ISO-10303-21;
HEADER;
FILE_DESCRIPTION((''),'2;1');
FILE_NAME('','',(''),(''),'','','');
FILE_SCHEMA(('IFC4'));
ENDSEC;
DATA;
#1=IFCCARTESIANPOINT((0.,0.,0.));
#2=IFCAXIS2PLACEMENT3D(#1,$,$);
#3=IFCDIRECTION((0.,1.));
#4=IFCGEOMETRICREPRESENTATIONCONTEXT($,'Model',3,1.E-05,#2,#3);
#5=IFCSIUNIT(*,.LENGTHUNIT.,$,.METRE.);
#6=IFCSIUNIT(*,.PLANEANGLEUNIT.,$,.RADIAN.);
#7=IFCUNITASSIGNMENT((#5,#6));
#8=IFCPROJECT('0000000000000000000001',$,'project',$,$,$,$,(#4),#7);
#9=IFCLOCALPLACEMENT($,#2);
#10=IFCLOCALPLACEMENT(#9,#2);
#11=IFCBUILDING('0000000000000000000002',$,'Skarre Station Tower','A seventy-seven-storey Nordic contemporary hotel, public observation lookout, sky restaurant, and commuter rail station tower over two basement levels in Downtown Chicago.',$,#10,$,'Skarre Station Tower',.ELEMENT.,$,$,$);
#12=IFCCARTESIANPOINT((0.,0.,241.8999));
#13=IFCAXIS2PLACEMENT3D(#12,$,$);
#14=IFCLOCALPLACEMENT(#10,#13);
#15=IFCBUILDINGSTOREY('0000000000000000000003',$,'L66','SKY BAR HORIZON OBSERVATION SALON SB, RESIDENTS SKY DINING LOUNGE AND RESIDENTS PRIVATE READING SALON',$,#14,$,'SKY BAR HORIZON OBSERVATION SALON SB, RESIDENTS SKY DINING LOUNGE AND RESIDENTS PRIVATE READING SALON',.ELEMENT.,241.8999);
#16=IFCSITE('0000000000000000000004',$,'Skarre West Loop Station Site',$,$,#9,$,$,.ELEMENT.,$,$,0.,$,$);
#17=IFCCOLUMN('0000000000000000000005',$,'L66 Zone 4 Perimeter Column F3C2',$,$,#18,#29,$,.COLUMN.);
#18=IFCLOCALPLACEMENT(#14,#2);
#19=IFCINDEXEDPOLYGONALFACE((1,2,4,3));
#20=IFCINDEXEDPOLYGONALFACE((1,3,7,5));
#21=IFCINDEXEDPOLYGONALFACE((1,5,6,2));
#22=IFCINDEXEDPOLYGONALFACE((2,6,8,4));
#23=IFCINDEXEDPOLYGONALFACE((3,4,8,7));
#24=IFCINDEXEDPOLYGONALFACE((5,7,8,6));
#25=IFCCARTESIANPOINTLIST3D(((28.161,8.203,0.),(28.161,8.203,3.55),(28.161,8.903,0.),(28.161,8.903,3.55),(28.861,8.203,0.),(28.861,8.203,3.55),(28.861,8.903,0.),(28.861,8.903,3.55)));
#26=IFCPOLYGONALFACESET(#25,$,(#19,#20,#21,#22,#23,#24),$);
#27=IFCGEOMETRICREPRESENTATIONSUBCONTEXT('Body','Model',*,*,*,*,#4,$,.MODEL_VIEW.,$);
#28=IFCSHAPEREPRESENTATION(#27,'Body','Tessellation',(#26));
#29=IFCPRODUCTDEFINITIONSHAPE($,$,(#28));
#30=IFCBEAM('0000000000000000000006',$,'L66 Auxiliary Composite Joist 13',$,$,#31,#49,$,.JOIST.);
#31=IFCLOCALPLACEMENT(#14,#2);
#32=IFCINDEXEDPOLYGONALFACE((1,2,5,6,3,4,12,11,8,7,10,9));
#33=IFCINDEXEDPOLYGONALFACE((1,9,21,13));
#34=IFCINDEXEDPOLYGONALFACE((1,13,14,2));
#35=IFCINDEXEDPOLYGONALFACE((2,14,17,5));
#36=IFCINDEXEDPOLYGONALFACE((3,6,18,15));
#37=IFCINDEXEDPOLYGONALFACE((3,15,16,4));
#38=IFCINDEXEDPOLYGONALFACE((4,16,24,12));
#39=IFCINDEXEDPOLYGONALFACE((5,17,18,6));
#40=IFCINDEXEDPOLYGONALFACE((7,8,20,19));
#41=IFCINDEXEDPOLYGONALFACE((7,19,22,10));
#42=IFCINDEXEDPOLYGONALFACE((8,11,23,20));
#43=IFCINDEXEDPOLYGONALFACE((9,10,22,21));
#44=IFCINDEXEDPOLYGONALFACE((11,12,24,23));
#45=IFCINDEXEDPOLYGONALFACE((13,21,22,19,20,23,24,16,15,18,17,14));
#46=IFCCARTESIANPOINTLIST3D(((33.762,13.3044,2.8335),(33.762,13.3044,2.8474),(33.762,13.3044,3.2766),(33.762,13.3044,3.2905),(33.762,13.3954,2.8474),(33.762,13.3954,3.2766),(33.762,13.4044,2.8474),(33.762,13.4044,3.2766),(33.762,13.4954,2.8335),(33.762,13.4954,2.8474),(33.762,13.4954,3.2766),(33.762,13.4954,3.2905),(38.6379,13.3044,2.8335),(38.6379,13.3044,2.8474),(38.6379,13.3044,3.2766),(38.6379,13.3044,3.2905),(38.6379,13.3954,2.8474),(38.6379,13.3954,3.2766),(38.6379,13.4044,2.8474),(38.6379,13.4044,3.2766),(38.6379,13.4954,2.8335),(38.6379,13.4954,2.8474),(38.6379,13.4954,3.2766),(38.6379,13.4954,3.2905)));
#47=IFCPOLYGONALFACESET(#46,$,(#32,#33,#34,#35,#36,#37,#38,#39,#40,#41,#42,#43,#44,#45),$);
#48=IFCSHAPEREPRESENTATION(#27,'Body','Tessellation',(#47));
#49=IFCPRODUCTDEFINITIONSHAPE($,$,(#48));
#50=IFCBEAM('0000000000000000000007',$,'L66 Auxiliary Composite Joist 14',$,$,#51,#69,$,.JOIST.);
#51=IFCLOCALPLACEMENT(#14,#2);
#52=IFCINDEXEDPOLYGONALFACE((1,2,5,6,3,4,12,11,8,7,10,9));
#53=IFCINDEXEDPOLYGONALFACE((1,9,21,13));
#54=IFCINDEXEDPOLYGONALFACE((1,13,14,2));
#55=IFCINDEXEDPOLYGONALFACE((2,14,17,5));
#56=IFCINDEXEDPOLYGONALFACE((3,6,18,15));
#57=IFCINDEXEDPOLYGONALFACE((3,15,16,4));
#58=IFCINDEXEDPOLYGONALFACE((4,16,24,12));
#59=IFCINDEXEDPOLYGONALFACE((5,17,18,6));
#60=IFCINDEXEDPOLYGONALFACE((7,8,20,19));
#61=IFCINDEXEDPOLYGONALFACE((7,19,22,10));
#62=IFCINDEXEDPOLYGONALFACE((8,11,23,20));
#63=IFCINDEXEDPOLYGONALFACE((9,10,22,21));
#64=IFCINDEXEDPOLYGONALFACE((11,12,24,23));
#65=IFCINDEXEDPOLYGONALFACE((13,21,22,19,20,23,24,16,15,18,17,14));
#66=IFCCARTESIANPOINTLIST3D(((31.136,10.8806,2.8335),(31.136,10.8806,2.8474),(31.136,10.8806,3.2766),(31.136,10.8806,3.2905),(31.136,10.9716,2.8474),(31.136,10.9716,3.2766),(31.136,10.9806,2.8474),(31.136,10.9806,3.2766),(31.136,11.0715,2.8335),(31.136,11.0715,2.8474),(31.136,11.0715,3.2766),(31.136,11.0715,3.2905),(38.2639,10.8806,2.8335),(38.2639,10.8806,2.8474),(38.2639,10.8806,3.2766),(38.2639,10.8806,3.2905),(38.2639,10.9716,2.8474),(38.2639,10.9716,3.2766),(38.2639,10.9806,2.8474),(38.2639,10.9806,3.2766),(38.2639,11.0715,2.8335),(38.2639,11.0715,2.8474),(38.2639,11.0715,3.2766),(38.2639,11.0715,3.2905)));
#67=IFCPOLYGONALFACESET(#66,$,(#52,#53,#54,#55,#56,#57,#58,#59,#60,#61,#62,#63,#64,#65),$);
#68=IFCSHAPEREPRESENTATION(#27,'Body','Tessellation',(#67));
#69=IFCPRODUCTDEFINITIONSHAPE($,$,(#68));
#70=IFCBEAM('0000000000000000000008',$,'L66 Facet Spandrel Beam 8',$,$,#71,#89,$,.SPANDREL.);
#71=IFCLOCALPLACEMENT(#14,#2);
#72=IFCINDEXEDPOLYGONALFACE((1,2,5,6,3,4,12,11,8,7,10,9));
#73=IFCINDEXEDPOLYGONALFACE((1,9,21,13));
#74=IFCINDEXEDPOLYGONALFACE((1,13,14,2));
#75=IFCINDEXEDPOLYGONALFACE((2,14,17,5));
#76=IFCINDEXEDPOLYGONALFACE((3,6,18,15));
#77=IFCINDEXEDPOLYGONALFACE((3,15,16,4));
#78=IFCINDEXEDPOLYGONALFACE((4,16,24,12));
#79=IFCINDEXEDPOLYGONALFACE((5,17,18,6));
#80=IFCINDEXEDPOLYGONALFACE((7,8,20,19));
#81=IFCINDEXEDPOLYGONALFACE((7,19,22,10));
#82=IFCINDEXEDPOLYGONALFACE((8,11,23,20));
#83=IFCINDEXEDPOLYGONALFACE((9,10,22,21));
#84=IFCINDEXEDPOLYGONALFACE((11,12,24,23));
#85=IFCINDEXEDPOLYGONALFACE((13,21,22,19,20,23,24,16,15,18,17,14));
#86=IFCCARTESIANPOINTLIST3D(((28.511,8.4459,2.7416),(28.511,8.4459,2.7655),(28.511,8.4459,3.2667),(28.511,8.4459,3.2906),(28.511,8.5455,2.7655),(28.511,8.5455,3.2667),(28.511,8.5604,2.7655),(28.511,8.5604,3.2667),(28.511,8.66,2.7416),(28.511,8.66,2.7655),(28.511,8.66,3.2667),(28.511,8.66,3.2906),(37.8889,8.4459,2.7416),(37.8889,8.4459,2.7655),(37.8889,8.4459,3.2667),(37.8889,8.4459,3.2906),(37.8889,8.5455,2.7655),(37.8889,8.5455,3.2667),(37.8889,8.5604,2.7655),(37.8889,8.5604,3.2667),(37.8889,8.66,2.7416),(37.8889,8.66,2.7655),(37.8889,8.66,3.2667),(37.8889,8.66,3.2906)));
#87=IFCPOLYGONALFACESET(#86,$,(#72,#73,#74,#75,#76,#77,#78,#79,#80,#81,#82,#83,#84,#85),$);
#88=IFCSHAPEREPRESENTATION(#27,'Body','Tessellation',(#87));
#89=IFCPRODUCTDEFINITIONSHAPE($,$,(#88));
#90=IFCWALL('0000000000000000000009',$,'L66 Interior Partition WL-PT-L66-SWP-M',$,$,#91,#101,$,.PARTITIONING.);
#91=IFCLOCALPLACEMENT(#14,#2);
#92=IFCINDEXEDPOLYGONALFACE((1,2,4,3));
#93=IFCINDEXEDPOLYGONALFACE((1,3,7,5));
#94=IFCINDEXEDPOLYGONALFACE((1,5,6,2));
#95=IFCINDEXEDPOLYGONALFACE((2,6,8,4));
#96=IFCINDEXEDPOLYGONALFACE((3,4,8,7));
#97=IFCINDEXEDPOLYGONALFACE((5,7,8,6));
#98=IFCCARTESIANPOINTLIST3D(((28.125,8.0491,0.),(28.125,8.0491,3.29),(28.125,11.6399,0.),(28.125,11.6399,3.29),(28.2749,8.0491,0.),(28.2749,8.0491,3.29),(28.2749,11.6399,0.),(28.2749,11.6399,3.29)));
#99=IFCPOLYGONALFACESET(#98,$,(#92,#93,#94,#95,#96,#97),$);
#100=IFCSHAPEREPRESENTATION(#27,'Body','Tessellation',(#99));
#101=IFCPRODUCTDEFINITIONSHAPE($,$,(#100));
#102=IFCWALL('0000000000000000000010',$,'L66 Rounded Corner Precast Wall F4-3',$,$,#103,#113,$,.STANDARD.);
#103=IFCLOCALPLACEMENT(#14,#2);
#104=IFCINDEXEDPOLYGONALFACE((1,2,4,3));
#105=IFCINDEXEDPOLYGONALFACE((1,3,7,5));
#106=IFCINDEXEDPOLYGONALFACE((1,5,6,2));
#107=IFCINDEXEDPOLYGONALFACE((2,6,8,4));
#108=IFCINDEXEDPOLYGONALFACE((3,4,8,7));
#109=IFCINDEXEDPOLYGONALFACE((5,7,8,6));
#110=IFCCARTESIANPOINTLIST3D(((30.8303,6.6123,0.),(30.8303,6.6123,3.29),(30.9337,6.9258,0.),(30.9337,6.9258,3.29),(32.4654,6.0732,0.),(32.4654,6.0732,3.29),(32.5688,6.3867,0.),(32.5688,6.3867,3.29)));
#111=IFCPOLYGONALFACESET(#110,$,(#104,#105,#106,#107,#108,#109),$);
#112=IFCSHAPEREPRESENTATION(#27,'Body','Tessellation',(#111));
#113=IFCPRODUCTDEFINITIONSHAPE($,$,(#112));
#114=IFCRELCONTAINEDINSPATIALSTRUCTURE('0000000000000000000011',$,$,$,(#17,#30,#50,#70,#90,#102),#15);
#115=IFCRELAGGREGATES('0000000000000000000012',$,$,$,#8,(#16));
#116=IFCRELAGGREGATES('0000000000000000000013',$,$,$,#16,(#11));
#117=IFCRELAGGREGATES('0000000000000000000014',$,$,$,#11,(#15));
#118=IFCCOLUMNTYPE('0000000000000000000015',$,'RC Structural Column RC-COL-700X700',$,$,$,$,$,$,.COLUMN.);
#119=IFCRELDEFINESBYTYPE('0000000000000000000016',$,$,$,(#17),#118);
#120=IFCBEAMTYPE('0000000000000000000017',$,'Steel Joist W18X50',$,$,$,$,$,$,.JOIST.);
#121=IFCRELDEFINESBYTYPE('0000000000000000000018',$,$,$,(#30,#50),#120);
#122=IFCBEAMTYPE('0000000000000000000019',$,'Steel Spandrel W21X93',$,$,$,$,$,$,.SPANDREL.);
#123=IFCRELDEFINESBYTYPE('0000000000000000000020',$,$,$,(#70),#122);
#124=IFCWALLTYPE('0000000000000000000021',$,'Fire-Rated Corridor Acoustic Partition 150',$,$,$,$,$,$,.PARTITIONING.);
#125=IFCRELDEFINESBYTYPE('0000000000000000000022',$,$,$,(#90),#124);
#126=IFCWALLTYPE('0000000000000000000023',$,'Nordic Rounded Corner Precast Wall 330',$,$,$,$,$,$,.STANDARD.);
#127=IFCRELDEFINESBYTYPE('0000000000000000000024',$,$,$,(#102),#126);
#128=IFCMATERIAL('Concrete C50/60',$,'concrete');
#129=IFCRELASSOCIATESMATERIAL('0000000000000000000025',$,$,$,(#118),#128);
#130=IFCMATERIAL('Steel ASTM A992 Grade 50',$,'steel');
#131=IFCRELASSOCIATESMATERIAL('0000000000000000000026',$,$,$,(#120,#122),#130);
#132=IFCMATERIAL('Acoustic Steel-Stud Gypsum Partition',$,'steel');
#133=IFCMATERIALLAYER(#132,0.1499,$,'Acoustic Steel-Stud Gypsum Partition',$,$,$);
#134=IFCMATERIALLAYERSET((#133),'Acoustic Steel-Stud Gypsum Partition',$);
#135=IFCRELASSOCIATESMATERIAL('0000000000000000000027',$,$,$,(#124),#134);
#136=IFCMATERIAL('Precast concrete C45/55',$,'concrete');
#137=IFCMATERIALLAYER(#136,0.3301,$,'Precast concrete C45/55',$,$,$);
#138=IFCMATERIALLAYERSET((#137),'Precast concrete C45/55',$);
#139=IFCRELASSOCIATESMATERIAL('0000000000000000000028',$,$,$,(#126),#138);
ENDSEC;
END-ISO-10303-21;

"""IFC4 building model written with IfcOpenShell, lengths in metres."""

from ifc_helpers import new_model, si_unit, direction, frame, frame_2d, origin, origin_2d, place, context, subcontext, project, spatial, rectangle, i_section, extrude, material, layer, layer_set, material_profile, profile_set, type_object, element, save


model = new_model("IFC4")

# Units and contexts
model_context = context("Model", 3, precision=1e-05, world=origin(), true_north=direction((0.0, 1.0)))
body_context = subcontext(model_context, "Body", "Model", "MODEL_VIEW")
ifc_project = project(units=[si_unit("LENGTHUNIT", "METRE"), si_unit("PLANEANGLEUNIT", "RADIAN")], contexts=[model_context])

# Site, building, storey
site_placement = place(None, origin())
site = spatial("IfcSite", under=ifc_project, at=site_placement, Name="Skarre West Loop Station Site", CompositionType="ELEMENT", RefElevation=0.0)
building_placement = place(site_placement, origin())
building = spatial("IfcBuilding", under=site, at=building_placement, Name="Skarre Station Tower", Description="A seventy-seven-storey Nordic contemporary hotel, public observation lookout, sky restaurant, and commuter rail station tower over two basement levels in Downtown Chicago.", LongName="Skarre Station Tower", CompositionType="ELEMENT")
storey_placement = place(building_placement, frame((0.0, 0.0, 241.8999)))
storey = spatial("IfcBuildingStorey", under=building, at=storey_placement, Name="L66", Description="SKY BAR HORIZON OBSERVATION SALON SB, RESIDENTS SKY DINING LOUNGE AND RESIDENTS PRIVATE READING SALON", LongName="SKY BAR HORIZON OBSERVATION SALON SB, RESIDENTS SKY DINING LOUNGE AND RESIDENTS PRIVATE READING SALON", CompositionType="ELEMENT", Elevation=241.8999)

# Column
ifc_material_1 = material(Name="Concrete C50/60", Category="concrete")
ifc_material_profile_1 = material_profile(ifc_material_1, rectangle(XDim=0.7, YDim=0.7, at=origin_2d()), Name="Concrete C50/60")
ifc_profile_set_1 = profile_set([ifc_material_profile_1], Name="Concrete C50/60")
column_type = type_object("IfcColumnType", Name="RC Structural Column RC-COL-700X700", PredefinedType="COLUMN", material=ifc_profile_set_1)
column_placement = place(storey_placement, frame((28.511, 8.553, 0.0), z_axis=(0.0, 0.0, 1.0), x_axis=(1.0, 0.0, 0.0)))
element("IfcColumn", 1, at=column_placement, inside=storey, type_object=column_type, Name="L66 Zone 4 Perimeter Column F3C2", PredefinedType="COLUMN", context=body_context, shape_type="SweptSolid", body=[
    extrude(rectangle(XDim=0.7, YDim=0.7, at=origin_2d()), origin(), (0.0, 0.0, 1.0), 3.55),
])

# Beams
ifc_material_2 = material(Name="Steel ASTM A992 Grade 50", Category="steel")
ifc_material_profile_2 = material_profile(ifc_material_2, i_section(OverallWidth=0.1909, OverallDepth=0.457, WebThickness=0.009, FlangeThickness=0.0139, at=origin_2d()), Name="Steel ASTM A992 Grade 50")
ifc_profile_set_2 = profile_set([ifc_material_profile_2], Name="Steel ASTM A992 Grade 50")
beam_type_1 = type_object("IfcBeamType", Name="Steel Joist W18X50", PredefinedType="JOIST", material=ifc_profile_set_2)
beam_1_placement = place(storey_placement, frame((33.762, 13.3999, 3.062), z_axis=(1.0, 0.0, 0.0), x_axis=(0.0, 1.0, 0.0)))
element("IfcBeam", 2, at=beam_1_placement, inside=storey, type_object=beam_type_1, Name="L66 Auxiliary Composite Joist 13", PredefinedType="JOIST", context=body_context, shape_type="SweptSolid", body=[
    extrude(i_section(OverallWidth=0.1909, OverallDepth=0.457, WebThickness=0.009, FlangeThickness=0.0139, at=origin_2d()), origin(), (0.0, 0.0, 1.0), 4.876),
])
beam_2_placement = place(storey_placement, frame((31.136, 10.9761, 3.062), z_axis=(1.0, 0.0, 0.0), x_axis=(0.0, 1.0, 0.0)))
element("IfcBeam", 3, at=beam_2_placement, inside=storey, type_object=beam_type_1, Name="L66 Auxiliary Composite Joist 14", PredefinedType="JOIST", context=body_context, shape_type="SweptSolid", body=[
    extrude(i_section(OverallWidth=0.1909, OverallDepth=0.457, WebThickness=0.009, FlangeThickness=0.0139, at=origin_2d()), origin(), (0.0, 0.0, 1.0), 7.1279),
])
ifc_material_profile_3 = material_profile(ifc_material_2, i_section(OverallWidth=0.2141, OverallDepth=0.5491, WebThickness=0.0149, FlangeThickness=0.0239, at=origin_2d()), Name="Steel ASTM A992 Grade 50")
ifc_profile_set_3 = profile_set([ifc_material_profile_3], Name="Steel ASTM A992 Grade 50")
beam_type_2 = type_object("IfcBeamType", Name="Steel Spandrel W21X93", PredefinedType="SPANDREL", material=ifc_profile_set_3)
beam_3_placement = place(storey_placement, frame((28.511, 8.553, 3.0161), z_axis=(1.0, 0.0, 0.0), x_axis=(0.0, 1.0, 0.0)))
element("IfcBeam", 4, at=beam_3_placement, inside=storey, type_object=beam_type_2, Name="L66 Facet Spandrel Beam 8", PredefinedType="SPANDREL", context=body_context, shape_type="SweptSolid", body=[
    extrude(i_section(OverallWidth=0.2141, OverallDepth=0.5491, WebThickness=0.0149, FlangeThickness=0.0239, at=origin_2d()), origin(), (0.0, 0.0, 1.0), 9.3779),
])

# Walls
ifc_material_3 = material(Name="Acoustic Steel-Stud Gypsum Partition", Category="steel")
ifc_layer_1 = layer(ifc_material_3, 0.1499, Name="Acoustic Steel-Stud Gypsum Partition")
ifc_layer_set_1 = layer_set([ifc_layer_1], Name="Acoustic Steel-Stud Gypsum Partition")
wall_type_1 = type_object("IfcWallType", Name="Fire-Rated Corridor Acoustic Partition 150", PredefinedType="PARTITIONING", material=ifc_layer_set_1)
wall_1_placement = place(storey_placement, frame((28.2, 8.0491, 0.0), z_axis=(0.0, 0.0, 1.0), x_axis=(0.0, 1.0, 0.0)))
element("IfcWall", 5, at=wall_1_placement, inside=storey, type_object=wall_type_1, Name="L66 Interior Partition WL-PT-L66-SWP-M", PredefinedType="PARTITIONING", context=body_context, shape_type="SweptSolid", body=[
    extrude(rectangle(XDim=3.5908, YDim=0.1499, at=frame_2d((1.7954, 0.0))), origin(), (0.0, 0.0, 1.0), 3.29),
])
ifc_material_4 = material(Name="Precast concrete C45/55", Category="concrete")
ifc_layer_2 = layer(ifc_material_4, 0.3301, Name="Precast concrete C45/55")
ifc_layer_set_2 = layer_set([ifc_layer_2], Name="Precast concrete C45/55")
wall_type_2 = type_object("IfcWallType", Name="Nordic Rounded Corner Precast Wall 330", PredefinedType="STANDARD", material=ifc_layer_set_2)
wall_2_placement = place(storey_placement, frame((32.5171, 6.23, 0.0), z_axis=(0.0, 0.0, 1.0), x_axis=(-0.949713, 0.31312, 0.0)))
element("IfcWall", 6, at=wall_2_placement, inside=storey, type_object=wall_type_2, Name="L66 Rounded Corner Precast Wall F4-3", PredefinedType="STANDARD", context=body_context, shape_type="SweptSolid", body=[
    extrude(rectangle(XDim=1.7217, YDim=0.3301, at=frame_2d((0.8608, 0.0))), origin(), (0.0, 0.0, 1.0), 3.29),
])

save(model, "model.ifc")
